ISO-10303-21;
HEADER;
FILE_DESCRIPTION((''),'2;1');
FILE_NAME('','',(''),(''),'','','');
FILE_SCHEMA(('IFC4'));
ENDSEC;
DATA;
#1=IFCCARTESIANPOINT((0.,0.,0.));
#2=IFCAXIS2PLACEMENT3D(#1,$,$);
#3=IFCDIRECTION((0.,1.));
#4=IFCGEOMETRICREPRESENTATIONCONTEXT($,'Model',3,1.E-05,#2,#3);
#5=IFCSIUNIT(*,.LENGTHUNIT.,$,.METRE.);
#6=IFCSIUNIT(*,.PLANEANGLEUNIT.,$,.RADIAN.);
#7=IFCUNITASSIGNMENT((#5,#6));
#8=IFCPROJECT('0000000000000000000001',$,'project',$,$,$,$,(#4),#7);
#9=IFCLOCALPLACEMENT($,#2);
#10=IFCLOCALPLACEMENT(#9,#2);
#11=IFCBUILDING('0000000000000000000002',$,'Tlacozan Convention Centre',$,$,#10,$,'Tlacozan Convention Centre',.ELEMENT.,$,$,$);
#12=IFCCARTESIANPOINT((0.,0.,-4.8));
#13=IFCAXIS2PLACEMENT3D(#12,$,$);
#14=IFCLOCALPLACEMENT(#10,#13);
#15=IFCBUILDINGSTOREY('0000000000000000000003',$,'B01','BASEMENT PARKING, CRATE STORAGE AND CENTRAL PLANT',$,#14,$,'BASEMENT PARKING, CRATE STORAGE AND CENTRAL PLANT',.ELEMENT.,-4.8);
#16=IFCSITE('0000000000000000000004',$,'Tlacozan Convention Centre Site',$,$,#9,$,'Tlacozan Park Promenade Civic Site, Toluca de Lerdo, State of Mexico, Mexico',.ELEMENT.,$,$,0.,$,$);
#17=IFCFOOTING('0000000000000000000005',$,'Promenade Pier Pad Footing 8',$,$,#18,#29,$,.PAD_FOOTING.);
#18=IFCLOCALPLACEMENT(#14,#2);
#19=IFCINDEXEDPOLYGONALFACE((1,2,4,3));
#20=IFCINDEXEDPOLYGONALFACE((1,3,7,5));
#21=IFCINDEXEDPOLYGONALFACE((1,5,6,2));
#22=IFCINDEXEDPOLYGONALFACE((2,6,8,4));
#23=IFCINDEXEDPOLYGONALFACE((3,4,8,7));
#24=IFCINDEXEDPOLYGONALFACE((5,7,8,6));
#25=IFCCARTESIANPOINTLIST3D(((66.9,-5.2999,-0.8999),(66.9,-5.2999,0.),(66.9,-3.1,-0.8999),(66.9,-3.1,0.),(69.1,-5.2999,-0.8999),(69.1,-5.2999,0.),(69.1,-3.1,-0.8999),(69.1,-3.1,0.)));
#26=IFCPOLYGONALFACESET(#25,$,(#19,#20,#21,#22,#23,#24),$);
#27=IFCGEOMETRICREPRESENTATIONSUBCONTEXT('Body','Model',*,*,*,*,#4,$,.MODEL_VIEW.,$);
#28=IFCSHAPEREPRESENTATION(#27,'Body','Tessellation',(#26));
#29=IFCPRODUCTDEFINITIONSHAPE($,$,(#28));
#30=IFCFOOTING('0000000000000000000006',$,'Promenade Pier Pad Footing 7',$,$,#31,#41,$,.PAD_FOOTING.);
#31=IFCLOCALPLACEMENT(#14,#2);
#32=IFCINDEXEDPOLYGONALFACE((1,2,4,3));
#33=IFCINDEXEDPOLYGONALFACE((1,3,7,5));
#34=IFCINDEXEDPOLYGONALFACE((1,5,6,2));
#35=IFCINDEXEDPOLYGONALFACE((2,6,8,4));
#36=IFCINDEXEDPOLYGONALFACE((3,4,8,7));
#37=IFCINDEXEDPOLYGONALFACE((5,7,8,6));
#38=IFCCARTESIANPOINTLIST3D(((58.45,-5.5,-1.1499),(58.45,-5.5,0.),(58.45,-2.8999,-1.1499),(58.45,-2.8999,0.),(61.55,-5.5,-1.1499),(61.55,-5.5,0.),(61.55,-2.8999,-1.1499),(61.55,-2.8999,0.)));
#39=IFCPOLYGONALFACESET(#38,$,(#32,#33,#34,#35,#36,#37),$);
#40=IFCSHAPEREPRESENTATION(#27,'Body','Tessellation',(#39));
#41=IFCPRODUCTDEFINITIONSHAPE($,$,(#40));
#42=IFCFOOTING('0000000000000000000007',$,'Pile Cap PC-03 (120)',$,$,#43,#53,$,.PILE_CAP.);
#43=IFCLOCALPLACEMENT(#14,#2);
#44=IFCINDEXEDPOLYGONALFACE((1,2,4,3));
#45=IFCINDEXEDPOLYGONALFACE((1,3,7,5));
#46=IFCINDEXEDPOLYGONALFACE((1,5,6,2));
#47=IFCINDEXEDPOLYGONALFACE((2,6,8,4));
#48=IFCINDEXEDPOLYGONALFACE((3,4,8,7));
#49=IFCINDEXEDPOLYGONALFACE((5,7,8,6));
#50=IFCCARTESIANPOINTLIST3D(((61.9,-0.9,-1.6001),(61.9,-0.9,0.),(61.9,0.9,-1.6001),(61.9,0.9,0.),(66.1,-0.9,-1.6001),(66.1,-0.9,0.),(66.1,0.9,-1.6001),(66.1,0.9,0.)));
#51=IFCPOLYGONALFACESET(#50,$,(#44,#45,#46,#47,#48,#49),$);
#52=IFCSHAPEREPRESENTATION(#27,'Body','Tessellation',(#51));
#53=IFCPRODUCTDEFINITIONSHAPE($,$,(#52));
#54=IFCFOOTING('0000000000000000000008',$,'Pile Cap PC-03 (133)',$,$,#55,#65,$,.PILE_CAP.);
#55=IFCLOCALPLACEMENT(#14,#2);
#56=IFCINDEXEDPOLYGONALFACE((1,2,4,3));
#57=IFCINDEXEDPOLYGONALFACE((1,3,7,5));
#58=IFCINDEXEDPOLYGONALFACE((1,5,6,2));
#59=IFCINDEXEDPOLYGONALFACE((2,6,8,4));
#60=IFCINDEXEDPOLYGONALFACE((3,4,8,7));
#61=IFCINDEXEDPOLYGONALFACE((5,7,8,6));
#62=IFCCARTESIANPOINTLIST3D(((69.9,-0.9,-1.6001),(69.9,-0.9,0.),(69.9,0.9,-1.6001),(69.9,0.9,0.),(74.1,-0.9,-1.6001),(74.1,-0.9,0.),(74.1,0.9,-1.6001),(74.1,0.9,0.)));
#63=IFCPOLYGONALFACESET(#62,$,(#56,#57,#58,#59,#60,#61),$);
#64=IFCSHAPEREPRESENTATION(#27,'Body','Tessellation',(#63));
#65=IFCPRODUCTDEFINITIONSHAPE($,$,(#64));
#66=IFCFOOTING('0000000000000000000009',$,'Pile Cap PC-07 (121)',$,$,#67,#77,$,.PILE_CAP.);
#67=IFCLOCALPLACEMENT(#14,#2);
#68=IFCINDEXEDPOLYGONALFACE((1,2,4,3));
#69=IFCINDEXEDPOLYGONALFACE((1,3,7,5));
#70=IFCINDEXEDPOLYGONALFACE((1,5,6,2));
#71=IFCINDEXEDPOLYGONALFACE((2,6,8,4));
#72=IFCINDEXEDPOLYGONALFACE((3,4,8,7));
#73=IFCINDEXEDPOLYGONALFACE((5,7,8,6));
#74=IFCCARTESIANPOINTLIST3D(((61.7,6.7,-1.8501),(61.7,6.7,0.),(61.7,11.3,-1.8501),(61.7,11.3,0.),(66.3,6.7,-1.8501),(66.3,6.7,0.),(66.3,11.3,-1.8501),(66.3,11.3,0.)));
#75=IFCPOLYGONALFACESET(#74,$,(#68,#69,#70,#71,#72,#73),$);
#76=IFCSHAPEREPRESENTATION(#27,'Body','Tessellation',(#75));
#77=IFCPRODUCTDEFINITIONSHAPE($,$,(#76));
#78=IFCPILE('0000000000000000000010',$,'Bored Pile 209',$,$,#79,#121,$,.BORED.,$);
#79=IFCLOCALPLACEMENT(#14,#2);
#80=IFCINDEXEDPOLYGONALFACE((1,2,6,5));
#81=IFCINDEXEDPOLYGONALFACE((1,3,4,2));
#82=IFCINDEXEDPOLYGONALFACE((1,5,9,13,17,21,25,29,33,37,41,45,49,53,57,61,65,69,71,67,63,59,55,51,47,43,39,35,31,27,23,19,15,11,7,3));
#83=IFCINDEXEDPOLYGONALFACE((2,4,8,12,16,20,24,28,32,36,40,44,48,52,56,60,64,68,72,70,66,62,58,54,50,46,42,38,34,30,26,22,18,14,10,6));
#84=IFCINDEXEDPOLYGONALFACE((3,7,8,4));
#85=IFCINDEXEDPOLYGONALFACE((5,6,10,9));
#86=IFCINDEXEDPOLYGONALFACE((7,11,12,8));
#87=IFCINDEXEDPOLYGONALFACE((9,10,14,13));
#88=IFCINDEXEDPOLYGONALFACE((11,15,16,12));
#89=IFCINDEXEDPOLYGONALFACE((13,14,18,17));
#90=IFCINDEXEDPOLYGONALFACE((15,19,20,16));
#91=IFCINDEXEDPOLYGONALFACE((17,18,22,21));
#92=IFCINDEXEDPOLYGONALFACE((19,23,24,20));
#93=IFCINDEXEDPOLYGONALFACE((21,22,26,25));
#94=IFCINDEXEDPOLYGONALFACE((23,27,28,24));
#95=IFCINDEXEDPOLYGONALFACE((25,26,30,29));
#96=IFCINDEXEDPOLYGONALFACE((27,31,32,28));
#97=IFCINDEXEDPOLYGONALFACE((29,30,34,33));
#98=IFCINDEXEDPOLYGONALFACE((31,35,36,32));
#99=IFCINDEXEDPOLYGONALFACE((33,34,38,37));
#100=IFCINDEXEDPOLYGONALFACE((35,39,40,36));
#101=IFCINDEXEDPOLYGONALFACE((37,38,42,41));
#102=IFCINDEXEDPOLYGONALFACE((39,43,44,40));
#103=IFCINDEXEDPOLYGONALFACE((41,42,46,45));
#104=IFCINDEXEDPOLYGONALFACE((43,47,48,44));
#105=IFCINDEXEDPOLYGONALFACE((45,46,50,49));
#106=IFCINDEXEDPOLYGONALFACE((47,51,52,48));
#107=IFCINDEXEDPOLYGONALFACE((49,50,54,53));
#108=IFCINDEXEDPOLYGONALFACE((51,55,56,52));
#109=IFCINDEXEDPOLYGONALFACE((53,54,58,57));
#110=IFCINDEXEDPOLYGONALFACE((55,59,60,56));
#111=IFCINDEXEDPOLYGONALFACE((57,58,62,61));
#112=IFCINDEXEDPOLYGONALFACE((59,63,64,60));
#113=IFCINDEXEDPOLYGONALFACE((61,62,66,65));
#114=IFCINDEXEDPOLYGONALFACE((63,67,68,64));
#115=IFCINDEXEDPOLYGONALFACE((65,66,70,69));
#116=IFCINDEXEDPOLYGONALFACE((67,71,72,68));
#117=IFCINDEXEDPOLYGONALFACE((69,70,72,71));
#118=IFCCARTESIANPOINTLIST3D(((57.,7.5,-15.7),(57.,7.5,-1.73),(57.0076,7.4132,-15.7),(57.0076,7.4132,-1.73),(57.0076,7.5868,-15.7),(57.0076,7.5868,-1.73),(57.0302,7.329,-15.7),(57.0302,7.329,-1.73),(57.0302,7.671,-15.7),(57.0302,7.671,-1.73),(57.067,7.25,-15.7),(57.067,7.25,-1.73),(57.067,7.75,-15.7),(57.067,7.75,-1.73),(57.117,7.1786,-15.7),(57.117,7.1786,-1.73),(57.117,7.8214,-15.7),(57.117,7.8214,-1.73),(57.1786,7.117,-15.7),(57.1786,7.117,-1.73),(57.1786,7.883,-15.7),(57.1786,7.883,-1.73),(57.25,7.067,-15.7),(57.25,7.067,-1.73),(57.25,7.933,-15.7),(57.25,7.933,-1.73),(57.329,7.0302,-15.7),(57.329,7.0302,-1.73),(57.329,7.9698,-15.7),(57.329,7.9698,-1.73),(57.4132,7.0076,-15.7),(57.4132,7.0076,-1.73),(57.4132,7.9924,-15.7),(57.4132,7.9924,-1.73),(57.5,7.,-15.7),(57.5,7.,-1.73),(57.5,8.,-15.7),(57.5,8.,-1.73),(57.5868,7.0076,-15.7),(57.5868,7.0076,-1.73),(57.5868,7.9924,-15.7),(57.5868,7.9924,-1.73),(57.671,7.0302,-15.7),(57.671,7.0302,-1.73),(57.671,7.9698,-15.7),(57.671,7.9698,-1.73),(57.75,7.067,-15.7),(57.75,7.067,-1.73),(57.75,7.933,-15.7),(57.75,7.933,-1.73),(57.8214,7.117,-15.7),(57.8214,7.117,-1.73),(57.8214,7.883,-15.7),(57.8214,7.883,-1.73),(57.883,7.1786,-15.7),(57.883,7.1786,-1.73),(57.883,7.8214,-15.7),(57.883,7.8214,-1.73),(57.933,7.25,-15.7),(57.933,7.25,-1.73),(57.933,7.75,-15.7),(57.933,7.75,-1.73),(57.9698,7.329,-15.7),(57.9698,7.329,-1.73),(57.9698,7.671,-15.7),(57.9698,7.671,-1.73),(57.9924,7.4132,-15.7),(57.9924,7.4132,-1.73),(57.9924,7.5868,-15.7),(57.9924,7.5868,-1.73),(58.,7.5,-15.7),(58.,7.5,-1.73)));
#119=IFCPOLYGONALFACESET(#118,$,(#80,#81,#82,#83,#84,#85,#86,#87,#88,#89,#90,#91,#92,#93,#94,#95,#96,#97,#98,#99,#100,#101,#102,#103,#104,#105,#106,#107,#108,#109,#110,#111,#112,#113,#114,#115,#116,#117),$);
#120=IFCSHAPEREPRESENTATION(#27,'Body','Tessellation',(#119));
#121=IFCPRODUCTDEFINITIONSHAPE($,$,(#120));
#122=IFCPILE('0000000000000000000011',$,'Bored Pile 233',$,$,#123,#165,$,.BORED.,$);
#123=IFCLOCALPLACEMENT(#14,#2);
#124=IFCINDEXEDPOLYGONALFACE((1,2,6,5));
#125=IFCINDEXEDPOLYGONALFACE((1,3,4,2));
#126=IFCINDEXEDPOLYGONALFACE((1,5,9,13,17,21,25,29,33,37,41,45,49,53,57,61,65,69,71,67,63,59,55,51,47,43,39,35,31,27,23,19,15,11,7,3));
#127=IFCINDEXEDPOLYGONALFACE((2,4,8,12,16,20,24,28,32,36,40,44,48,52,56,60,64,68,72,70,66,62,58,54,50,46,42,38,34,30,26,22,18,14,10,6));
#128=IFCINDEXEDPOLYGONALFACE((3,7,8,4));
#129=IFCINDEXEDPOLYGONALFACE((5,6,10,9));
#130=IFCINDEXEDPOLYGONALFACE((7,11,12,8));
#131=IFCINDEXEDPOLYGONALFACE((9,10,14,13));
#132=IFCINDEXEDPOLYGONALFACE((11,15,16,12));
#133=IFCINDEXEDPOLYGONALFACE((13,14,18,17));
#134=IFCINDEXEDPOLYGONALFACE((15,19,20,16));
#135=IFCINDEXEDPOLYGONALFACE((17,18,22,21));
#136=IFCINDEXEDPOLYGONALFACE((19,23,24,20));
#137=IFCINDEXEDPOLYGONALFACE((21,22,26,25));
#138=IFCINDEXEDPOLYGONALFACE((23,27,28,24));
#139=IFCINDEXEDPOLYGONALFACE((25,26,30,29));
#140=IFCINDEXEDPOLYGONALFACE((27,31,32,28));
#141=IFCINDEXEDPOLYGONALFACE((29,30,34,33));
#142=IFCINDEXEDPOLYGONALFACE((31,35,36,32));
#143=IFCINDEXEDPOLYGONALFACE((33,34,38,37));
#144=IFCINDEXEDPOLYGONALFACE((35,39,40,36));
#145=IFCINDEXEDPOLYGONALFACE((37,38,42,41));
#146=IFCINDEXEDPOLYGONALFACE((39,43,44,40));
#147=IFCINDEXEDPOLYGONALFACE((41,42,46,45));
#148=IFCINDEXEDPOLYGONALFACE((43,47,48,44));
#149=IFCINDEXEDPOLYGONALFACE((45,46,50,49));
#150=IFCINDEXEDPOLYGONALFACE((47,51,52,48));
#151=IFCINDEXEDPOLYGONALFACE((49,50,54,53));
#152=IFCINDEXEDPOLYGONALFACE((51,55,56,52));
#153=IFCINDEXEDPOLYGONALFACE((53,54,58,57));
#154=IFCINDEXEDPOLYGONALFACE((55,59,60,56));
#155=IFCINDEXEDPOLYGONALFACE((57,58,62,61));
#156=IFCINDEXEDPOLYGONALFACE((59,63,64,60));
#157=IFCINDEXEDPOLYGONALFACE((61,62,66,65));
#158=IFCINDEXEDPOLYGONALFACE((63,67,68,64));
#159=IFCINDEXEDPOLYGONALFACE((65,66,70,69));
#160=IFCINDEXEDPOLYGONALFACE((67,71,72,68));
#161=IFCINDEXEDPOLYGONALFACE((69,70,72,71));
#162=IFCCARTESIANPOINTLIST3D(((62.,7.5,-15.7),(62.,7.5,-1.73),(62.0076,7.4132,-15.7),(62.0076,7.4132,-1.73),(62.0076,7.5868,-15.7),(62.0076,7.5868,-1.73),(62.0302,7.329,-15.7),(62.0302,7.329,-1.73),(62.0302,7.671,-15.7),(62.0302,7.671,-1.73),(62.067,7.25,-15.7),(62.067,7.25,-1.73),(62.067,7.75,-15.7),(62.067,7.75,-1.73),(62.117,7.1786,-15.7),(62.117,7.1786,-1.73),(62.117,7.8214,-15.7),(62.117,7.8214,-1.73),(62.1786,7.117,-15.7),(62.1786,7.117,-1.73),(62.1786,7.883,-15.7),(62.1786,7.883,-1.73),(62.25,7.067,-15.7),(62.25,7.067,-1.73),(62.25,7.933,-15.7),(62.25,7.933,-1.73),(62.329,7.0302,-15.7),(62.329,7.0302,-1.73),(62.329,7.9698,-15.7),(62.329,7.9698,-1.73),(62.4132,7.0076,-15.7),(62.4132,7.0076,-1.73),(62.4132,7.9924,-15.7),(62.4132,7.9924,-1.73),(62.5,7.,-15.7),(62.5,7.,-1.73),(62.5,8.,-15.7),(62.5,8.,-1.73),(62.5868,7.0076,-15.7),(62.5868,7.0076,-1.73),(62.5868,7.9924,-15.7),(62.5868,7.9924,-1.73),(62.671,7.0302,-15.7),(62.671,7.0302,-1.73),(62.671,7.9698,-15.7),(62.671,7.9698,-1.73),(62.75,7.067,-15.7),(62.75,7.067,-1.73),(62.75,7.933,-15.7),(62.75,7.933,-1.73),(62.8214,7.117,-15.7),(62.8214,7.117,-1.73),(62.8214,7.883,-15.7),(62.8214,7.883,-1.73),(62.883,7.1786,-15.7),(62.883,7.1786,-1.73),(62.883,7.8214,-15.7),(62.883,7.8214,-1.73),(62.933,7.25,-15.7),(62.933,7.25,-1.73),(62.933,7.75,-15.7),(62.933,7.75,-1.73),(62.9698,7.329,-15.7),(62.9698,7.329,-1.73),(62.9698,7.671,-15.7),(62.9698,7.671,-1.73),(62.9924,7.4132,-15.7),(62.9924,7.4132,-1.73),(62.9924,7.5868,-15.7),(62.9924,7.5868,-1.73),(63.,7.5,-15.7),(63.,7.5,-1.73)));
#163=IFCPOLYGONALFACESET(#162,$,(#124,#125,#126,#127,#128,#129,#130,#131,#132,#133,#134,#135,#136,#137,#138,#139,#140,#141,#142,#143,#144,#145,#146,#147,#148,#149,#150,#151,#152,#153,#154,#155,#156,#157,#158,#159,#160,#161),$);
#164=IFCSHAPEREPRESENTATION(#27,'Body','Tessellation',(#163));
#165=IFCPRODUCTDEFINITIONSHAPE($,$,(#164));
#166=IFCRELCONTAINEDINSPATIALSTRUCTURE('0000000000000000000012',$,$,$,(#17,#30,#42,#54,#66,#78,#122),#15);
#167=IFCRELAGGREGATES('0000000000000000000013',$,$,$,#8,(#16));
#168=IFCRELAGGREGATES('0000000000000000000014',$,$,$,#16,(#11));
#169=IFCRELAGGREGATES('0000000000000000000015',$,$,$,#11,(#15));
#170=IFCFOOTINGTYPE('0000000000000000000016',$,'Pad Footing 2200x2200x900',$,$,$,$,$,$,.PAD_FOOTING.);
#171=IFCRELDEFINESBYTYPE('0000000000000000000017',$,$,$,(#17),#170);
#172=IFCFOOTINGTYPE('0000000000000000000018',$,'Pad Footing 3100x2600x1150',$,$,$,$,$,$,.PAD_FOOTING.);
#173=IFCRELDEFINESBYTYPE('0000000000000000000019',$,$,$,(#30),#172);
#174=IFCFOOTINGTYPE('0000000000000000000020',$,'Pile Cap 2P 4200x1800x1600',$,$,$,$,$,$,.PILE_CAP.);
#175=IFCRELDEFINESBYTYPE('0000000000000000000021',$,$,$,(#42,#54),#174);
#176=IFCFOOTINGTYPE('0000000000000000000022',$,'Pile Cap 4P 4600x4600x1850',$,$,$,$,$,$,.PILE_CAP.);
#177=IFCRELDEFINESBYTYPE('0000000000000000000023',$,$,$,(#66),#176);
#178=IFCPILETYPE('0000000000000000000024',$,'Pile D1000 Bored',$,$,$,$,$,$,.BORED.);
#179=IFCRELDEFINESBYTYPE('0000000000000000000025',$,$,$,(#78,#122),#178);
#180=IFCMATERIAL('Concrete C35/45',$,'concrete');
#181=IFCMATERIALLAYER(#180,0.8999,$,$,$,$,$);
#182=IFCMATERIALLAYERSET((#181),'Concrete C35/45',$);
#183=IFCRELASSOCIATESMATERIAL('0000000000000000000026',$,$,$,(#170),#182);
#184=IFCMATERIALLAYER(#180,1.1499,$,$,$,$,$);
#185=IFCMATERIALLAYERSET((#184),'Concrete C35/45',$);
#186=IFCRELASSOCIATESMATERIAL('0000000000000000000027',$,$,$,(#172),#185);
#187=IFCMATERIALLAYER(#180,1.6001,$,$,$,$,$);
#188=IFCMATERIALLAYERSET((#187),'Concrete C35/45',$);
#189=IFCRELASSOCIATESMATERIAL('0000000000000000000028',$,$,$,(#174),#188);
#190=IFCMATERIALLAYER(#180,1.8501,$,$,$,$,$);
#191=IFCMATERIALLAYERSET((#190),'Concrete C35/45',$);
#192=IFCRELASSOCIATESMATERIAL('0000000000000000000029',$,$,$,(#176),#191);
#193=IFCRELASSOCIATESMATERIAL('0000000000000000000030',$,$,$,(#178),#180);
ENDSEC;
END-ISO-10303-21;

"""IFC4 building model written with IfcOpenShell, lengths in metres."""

from ifc_helpers import new_model, si_unit, direction, frame, origin, origin_2d, place, context, subcontext, project, spatial, rectangle, circle, extrude, material, layer, layer_set, material_profile, profile_set, type_object, element, save


model = new_model("IFC4")

# Units and contexts
model_context = context("Model", 3, precision=1e-05, world=origin(), true_north=direction((0.0, 1.0)))
body_context = subcontext(model_context, "Body", "Model", "MODEL_VIEW")
ifc_project = project(units=[si_unit("LENGTHUNIT", "METRE"), si_unit("PLANEANGLEUNIT", "RADIAN")], contexts=[model_context])

# Site, building, storey
site_placement = place(None, origin())
site = spatial("IfcSite", under=ifc_project, at=site_placement, Name="Tlacozan Convention Centre Site", LongName="Tlacozan Park Promenade Civic Site, Toluca de Lerdo, State of Mexico, Mexico", CompositionType="ELEMENT", RefElevation=0.0)
building_placement = place(site_placement, origin())
building = spatial("IfcBuilding", under=site, at=building_placement, Name="Tlacozan Convention Centre", LongName="Tlacozan Convention Centre", CompositionType="ELEMENT")
storey_placement = place(building_placement, frame((0.0, 0.0, -4.8)))
storey = spatial("IfcBuildingStorey", under=building, at=storey_placement, Name="B01", Description="BASEMENT PARKING, CRATE STORAGE AND CENTRAL PLANT", LongName="BASEMENT PARKING, CRATE STORAGE AND CENTRAL PLANT", CompositionType="ELEMENT", Elevation=-4.8)

# Footings
ifc_material_1 = material(Name="Concrete C35/45", Category="concrete")
ifc_layer_1 = layer(ifc_material_1, 0.8999)
ifc_layer_set_1 = layer_set([ifc_layer_1], Name="Concrete C35/45")
footing_type_1 = type_object("IfcFootingType", Name="Pad Footing 2200x2200x900", PredefinedType="PAD_FOOTING", material=ifc_layer_set_1)
footing_1_placement = place(storey_placement, frame((68.0, -4.2, -0.8999), z_axis=(0.0, 0.0, 1.0), x_axis=(1.0, 0.0, 0.0)))
element("IfcFooting", 1, at=footing_1_placement, inside=storey, type_object=footing_type_1, Name="Promenade Pier Pad Footing 8", PredefinedType="PAD_FOOTING", context=body_context, shape_type="SweptSolid", body=[
    extrude(rectangle(XDim=2.2, YDim=2.2, at=origin_2d()), origin(), (0.0, 0.0, 1.0), 0.8999),
])
ifc_layer_2 = layer(ifc_material_1, 1.1499)
ifc_layer_set_2 = layer_set([ifc_layer_2], Name="Concrete C35/45")
footing_type_2 = type_object("IfcFootingType", Name="Pad Footing 3100x2600x1150", PredefinedType="PAD_FOOTING", material=ifc_layer_set_2)
footing_2_placement = place(storey_placement, frame((60.0, -4.2, -1.1499), z_axis=(0.0, 0.0, 1.0), x_axis=(1.0, 0.0, 0.0)))
element("IfcFooting", 2, at=footing_2_placement, inside=storey, type_object=footing_type_2, Name="Promenade Pier Pad Footing 7", PredefinedType="PAD_FOOTING", context=body_context, shape_type="SweptSolid", body=[
    extrude(rectangle(XDim=3.1001, YDim=2.6001, at=origin_2d()), origin(), (0.0, 0.0, 1.0), 1.1499),
])
ifc_layer_3 = layer(ifc_material_1, 1.6001)
ifc_layer_set_3 = layer_set([ifc_layer_3], Name="Concrete C35/45")
footing_type_3 = type_object("IfcFootingType", Name="Pile Cap 2P 4200x1800x1600", PredefinedType="PILE_CAP", material=ifc_layer_set_3)
for number, where, z_axis, x_axis, name in (
    (3, (64.0, 0.0, -1.6001), (0.0, 0.0, 1.0), (1.0, 0.0, 0.0), "Pile Cap PC-03 (120)"),
    (4, (72.0, 0.0, -1.6001), (0.0, 0.0, 1.0), (1.0, 0.0, 0.0), "Pile Cap PC-03 (133)"),
):
    element("IfcFooting", number, at=place(storey_placement, frame(where, z_axis=z_axis, x_axis=x_axis)), inside=storey, type_object=footing_type_3, Name=name, PredefinedType="PILE_CAP", context=body_context, shape_type="SweptSolid", body=[
        extrude(rectangle(XDim=4.2, YDim=1.8, at=origin_2d()), origin(), (0.0, 0.0, 1.0), 1.6001),
    ])
ifc_layer_4 = layer(ifc_material_1, 1.8501)
ifc_layer_set_4 = layer_set([ifc_layer_4], Name="Concrete C35/45")
footing_type_4 = type_object("IfcFootingType", Name="Pile Cap 4P 4600x4600x1850", PredefinedType="PILE_CAP", material=ifc_layer_set_4)
footing_3_placement = place(storey_placement, frame((64.0, 9.0, -1.8501), z_axis=(0.0, 0.0, 1.0), x_axis=(1.0, 0.0, 0.0)))
element("IfcFooting", 5, at=footing_3_placement, inside=storey, type_object=footing_type_4, Name="Pile Cap PC-07 (121)", PredefinedType="PILE_CAP", context=body_context, shape_type="SweptSolid", body=[
    extrude(rectangle(XDim=4.6001, YDim=4.6001, at=origin_2d()), origin(), (0.0, 0.0, 1.0), 1.8501),
])

# Piles
ifc_material_profile_1 = material_profile(ifc_material_1, circle(Radius=0.5, at=origin_2d()), Name="PILE D1000")
ifc_profile_set_1 = profile_set([ifc_material_profile_1], Name="Concrete C35/45")
pile_type_1 = type_object("IfcPileType", Name="Pile D1000 Bored", PredefinedType="BORED", material=ifc_profile_set_1)
for number, where, z_axis, x_axis, name in (
    (6, (57.5, 7.5, -1.73), (0.0, 0.0, -1.0), (1.0, 0.0, 0.0), "Bored Pile 209"),
    (7, (62.5, 7.5, -1.73), (0.0, 0.0, -1.0), (1.0, 0.0, 0.0), "Bored Pile 233"),
):
    element("IfcPile", number, at=place(storey_placement, frame(where, z_axis=z_axis, x_axis=x_axis)), inside=storey, type_object=pile_type_1, Name=name, PredefinedType="BORED", context=body_context, shape_type="SweptSolid", body=[
        extrude(circle(Radius=0.5, at=origin_2d()), origin(), (0.0, 0.0, 1.0), 13.97),
    ])

save(model, "model.ifc")
